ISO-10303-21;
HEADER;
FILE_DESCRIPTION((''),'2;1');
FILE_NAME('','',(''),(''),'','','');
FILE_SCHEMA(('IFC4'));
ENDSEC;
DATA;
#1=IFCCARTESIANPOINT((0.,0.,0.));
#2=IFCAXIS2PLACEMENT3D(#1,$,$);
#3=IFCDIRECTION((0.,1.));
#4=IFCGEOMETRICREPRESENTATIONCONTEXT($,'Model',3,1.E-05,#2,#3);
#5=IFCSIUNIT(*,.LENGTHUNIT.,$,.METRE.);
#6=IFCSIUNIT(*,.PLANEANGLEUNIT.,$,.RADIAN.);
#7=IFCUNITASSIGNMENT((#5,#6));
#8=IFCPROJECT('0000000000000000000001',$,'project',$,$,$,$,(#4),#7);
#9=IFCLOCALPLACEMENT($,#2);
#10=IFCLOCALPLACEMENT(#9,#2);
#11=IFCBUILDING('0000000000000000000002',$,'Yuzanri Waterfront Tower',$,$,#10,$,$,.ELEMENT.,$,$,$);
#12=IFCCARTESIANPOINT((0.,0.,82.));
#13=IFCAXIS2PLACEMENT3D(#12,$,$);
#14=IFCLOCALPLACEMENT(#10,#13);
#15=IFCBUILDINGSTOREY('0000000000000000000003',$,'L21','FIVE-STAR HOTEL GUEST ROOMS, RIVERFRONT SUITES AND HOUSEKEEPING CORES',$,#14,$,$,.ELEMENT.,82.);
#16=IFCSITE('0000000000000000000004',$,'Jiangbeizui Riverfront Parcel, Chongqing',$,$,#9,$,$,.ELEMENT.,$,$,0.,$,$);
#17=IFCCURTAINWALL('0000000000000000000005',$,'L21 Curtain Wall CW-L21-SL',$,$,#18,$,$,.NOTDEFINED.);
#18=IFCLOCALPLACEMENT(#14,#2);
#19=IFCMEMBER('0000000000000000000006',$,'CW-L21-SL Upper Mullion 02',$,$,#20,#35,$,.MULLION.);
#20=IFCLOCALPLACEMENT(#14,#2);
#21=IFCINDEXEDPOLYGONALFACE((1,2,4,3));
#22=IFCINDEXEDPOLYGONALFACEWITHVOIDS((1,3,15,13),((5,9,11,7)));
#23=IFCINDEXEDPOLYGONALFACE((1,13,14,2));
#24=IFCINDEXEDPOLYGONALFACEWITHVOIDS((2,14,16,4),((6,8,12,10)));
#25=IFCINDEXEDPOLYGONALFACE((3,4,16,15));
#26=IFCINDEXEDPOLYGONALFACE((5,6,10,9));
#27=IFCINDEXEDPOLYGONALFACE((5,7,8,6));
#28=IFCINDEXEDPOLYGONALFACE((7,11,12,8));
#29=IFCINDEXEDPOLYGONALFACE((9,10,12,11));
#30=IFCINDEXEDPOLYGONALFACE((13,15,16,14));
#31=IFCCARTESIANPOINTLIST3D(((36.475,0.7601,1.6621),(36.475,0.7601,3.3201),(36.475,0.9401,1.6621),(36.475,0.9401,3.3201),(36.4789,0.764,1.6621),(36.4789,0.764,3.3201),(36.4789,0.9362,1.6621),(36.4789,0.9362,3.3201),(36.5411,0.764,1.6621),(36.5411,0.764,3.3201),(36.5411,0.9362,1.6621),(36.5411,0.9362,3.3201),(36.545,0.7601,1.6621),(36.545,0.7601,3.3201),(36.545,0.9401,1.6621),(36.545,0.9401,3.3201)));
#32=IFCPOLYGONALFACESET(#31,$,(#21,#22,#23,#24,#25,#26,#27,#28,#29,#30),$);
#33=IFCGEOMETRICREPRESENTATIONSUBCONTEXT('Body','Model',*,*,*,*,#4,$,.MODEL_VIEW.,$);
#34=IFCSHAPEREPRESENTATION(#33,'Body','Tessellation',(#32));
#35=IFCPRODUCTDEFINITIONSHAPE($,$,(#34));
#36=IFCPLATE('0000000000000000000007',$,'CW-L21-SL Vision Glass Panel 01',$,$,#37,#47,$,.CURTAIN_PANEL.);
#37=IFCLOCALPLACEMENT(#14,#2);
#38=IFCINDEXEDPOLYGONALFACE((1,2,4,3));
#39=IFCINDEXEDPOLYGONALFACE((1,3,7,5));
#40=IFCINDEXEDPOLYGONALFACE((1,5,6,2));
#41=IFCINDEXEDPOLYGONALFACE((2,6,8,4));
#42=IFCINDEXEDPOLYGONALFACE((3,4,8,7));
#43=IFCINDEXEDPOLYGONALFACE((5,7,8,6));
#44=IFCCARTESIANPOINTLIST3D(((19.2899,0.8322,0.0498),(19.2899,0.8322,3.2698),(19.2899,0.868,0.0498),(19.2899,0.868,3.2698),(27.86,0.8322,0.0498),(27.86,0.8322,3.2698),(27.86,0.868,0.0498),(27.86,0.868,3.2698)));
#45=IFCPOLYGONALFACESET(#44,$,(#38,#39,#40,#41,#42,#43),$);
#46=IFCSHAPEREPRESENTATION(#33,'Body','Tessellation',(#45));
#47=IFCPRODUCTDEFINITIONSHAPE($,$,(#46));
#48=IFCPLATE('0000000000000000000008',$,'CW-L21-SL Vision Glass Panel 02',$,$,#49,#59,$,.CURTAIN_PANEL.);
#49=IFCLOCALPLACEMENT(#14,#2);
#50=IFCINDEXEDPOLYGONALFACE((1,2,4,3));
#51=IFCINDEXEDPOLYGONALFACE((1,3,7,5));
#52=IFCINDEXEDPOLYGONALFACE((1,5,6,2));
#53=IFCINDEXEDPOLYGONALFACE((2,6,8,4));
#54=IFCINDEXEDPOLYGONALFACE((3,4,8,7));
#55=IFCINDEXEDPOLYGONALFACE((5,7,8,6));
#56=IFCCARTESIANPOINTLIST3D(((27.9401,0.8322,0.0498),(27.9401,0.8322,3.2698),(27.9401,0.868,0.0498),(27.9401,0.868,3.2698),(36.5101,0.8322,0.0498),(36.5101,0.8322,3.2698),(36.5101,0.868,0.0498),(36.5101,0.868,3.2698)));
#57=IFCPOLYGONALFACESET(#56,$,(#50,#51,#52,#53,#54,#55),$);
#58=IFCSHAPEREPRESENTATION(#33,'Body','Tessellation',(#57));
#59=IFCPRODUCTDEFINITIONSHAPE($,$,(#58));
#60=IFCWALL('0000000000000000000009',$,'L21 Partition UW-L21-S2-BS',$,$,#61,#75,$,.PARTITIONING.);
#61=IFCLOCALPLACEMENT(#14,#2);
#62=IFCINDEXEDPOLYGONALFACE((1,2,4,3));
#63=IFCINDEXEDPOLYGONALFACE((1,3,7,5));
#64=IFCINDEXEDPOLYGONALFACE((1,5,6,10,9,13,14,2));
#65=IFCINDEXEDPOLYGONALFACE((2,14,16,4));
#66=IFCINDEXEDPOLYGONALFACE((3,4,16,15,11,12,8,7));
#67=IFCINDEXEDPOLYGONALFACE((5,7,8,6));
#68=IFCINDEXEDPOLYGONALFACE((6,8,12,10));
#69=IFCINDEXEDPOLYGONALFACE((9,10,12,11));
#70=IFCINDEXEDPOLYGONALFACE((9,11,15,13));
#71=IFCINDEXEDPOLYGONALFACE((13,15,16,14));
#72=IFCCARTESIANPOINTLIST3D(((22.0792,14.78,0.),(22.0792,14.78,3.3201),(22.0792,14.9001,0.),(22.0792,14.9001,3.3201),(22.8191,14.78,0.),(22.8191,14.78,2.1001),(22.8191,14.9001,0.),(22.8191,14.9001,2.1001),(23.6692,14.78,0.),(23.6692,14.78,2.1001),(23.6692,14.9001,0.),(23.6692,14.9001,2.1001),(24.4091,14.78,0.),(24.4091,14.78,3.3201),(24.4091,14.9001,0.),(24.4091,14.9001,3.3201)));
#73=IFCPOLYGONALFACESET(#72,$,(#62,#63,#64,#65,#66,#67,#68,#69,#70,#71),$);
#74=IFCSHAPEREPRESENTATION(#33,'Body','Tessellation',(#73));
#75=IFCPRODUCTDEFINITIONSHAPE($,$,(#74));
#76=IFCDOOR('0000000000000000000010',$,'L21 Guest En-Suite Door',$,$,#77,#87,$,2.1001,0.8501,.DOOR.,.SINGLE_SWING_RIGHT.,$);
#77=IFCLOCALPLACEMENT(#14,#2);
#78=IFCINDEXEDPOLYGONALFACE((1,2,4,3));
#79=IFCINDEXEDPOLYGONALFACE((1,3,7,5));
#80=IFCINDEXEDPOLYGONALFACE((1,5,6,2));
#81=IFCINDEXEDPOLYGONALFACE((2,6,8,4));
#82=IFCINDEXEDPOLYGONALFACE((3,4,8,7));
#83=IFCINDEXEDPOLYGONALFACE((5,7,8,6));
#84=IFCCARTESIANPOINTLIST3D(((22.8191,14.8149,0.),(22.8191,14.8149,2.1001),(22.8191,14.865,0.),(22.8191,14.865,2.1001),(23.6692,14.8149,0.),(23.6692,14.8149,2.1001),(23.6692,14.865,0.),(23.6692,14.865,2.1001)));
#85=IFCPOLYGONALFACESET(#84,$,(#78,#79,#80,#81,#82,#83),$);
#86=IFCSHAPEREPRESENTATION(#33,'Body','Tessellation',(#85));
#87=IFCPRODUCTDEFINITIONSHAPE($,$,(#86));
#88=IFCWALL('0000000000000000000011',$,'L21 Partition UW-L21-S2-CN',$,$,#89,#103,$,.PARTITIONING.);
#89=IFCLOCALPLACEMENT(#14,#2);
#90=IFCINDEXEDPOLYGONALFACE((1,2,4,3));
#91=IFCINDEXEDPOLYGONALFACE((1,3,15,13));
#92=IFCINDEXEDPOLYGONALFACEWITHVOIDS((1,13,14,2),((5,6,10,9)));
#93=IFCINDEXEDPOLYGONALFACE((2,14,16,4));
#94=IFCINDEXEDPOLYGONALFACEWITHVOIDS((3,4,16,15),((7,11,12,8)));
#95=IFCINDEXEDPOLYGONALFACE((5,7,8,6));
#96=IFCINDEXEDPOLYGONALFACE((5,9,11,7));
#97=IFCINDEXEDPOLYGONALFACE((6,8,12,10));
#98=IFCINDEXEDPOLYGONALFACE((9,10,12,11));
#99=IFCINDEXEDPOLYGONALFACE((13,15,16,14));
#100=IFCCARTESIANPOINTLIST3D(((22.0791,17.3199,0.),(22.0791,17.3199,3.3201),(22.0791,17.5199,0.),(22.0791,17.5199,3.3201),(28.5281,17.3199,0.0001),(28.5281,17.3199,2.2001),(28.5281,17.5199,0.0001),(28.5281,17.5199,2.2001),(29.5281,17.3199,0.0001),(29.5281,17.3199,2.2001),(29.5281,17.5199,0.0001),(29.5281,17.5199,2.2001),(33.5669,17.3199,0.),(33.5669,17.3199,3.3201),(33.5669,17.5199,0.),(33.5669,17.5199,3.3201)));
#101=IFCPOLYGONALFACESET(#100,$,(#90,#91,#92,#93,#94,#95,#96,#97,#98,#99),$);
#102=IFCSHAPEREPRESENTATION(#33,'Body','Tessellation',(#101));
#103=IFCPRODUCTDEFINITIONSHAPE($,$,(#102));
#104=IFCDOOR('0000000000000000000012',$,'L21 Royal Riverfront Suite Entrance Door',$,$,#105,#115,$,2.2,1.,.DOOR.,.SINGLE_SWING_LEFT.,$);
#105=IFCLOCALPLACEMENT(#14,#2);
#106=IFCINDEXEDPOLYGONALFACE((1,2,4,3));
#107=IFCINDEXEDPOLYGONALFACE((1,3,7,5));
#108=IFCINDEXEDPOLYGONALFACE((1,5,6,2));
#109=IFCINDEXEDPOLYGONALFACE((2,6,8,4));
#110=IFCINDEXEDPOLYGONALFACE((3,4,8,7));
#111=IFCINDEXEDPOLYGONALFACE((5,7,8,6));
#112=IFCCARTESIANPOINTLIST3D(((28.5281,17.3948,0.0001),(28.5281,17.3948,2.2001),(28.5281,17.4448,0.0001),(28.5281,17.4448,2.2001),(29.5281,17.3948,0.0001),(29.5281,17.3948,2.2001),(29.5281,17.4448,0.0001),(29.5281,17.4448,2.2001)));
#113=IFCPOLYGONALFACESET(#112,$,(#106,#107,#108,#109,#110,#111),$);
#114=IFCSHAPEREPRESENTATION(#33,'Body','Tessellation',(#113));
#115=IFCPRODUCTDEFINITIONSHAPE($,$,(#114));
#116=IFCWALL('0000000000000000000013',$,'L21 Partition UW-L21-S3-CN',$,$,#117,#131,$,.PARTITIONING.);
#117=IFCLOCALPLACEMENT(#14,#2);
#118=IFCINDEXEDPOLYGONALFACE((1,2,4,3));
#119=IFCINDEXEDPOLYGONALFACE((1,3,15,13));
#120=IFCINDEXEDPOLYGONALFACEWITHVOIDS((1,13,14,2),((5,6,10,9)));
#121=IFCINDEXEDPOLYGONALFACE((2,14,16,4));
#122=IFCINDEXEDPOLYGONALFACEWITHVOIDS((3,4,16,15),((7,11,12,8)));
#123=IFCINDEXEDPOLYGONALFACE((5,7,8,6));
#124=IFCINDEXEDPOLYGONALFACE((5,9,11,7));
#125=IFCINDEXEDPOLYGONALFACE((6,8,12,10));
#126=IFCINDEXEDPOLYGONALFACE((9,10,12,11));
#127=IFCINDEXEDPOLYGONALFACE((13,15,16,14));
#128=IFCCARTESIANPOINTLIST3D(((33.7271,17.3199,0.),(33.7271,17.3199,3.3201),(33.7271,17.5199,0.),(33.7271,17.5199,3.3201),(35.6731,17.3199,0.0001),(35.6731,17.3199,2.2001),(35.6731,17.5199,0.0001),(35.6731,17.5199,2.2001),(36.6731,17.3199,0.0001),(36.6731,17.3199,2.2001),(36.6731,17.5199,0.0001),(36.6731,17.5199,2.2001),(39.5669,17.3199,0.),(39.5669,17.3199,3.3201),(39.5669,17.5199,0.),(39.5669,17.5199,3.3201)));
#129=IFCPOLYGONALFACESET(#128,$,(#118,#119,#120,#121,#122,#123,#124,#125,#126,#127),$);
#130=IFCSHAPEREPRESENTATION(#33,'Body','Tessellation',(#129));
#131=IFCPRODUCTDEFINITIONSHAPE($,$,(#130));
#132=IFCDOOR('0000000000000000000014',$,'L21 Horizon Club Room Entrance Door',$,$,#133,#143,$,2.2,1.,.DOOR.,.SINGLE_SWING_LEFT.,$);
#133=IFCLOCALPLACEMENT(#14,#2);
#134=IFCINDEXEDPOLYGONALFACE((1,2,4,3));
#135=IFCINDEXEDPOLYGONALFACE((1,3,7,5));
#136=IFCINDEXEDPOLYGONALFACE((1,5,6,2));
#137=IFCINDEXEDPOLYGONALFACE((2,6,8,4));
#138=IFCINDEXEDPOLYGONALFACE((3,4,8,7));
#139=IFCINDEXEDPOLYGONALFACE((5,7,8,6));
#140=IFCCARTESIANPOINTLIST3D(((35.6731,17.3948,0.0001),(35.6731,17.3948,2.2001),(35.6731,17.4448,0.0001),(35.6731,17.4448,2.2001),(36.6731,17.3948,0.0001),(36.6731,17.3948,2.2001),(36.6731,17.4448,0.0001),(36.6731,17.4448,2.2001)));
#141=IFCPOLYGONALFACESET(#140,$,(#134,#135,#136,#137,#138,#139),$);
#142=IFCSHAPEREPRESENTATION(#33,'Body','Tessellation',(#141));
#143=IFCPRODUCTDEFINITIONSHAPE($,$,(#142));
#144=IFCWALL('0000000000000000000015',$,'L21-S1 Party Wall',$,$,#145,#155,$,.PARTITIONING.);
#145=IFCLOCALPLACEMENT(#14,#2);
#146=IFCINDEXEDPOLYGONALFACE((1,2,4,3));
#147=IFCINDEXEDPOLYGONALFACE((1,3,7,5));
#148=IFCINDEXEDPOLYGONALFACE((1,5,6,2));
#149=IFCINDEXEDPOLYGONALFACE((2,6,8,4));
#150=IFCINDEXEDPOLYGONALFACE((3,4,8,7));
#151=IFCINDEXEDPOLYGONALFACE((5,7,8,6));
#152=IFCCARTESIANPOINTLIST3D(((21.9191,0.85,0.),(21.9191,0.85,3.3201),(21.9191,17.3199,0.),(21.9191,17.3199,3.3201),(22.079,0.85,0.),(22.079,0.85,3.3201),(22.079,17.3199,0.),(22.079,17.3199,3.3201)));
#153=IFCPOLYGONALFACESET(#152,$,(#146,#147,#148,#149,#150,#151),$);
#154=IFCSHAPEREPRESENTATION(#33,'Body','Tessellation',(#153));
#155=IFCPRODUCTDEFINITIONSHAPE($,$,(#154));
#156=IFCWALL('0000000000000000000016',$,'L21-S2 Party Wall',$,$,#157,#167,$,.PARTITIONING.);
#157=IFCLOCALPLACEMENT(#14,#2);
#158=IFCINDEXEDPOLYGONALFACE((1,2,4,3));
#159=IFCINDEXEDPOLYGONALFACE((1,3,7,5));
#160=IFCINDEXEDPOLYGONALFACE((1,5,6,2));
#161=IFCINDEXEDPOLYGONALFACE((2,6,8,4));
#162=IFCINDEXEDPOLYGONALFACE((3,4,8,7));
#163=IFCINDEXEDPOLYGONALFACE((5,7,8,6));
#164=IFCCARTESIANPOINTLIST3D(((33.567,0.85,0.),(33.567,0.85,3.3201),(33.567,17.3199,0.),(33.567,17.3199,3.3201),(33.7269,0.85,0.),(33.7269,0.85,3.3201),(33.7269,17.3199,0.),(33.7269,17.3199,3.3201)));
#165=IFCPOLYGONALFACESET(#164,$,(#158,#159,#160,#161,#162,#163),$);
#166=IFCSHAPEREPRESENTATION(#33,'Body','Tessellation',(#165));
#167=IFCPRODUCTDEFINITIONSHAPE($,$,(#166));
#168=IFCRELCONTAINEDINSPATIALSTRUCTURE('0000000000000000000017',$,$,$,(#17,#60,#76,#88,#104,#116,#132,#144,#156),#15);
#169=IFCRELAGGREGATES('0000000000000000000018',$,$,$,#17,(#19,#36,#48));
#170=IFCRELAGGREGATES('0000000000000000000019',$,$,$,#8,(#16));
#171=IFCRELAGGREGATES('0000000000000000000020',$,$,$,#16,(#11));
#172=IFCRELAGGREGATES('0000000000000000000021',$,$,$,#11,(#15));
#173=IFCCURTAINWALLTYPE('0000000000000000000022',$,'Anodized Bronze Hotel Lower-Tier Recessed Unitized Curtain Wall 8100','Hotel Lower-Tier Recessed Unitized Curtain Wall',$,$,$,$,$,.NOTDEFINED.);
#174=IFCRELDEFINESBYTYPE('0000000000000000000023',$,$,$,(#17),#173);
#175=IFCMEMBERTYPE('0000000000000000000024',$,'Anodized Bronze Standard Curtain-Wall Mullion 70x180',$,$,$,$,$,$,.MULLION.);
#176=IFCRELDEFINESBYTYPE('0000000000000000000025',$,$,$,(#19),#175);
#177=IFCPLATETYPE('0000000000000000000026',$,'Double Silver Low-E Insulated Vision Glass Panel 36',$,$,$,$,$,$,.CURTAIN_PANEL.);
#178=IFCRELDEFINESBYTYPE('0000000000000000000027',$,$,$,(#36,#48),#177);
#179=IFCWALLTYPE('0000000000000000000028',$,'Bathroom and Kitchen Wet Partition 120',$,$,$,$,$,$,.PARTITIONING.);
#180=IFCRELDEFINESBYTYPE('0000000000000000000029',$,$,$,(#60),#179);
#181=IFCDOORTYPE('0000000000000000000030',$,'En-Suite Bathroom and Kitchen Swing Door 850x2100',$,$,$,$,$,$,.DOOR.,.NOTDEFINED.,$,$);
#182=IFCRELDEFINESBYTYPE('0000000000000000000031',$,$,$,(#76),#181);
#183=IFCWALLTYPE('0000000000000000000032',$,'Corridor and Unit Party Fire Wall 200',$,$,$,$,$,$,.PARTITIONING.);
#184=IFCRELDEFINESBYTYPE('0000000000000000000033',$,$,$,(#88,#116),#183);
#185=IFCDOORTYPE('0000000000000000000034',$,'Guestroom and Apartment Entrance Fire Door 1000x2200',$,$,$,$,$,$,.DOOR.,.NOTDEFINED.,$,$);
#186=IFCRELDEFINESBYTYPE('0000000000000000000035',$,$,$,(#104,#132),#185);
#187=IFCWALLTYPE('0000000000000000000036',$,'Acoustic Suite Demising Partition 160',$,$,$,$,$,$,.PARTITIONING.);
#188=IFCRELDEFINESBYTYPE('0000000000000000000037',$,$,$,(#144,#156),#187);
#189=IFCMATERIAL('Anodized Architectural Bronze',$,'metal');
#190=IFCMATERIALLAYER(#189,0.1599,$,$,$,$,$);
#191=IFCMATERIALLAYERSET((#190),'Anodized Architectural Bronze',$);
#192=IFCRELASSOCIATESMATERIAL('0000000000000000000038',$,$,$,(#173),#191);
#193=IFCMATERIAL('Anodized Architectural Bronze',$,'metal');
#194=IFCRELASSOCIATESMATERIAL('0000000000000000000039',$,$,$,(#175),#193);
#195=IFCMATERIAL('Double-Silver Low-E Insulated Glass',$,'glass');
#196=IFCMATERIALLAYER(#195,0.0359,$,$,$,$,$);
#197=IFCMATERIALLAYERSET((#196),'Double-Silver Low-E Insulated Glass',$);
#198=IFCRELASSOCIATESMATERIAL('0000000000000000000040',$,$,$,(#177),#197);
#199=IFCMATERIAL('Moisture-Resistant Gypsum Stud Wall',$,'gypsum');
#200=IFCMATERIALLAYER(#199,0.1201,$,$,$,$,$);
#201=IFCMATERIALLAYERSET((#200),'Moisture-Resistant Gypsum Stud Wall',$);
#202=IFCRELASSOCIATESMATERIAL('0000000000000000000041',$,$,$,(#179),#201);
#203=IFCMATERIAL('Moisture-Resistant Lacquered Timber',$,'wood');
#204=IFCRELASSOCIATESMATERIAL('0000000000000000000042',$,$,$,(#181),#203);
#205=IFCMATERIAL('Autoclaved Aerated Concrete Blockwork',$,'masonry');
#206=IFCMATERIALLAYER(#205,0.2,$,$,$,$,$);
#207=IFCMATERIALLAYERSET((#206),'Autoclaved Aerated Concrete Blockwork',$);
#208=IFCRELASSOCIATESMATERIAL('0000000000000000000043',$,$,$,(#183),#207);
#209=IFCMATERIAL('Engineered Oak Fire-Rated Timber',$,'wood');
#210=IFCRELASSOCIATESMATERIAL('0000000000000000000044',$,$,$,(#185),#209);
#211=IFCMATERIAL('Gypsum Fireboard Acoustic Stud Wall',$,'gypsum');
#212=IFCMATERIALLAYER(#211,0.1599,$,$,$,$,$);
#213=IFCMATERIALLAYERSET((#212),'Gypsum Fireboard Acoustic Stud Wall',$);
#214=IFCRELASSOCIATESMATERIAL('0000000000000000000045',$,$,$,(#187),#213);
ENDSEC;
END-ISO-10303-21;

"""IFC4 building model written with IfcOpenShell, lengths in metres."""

from ifc_helpers import new_model, si_unit, direction, frame, frame_2d, origin, origin_2d, place, context, subcontext, project, spatial, rectangle, hollow_rectangle, extrude, source, transform, mapped, material, layer, layer_set, material_profile, profile_set, type_object, element, fill, aggregate, save


model = new_model("IFC4")

# Units and contexts
model_context = context("Model", 3, precision=1e-05, world=origin(), true_north=direction((0.0, 1.0)))
body_context = subcontext(model_context, "Body", "Model", "MODEL_VIEW")
ifc_project = project(units=[si_unit("LENGTHUNIT", "METRE"), si_unit("PLANEANGLEUNIT", "RADIAN")], contexts=[model_context])

# Site, building, storey
site_placement = place(None, origin())
site = spatial("IfcSite", under=ifc_project, at=site_placement, Name="Jiangbeizui Riverfront Parcel, Chongqing", CompositionType="ELEMENT", RefElevation=0.0)
building_placement = place(site_placement, origin())
building = spatial("IfcBuilding", under=site, at=building_placement, Name="Yuzanri Waterfront Tower", CompositionType="ELEMENT")
storey_placement = place(building_placement, frame((0.0, 0.0, 82.0)))
storey = spatial("IfcBuildingStorey", under=building, at=storey_placement, Name="L21", Description="FIVE-STAR HOTEL GUEST ROOMS, RIVERFRONT SUITES AND HOUSEKEEPING CORES", CompositionType="ELEMENT", Elevation=82.0)

# Curtain wall, member, plates
ifc_material_1 = material(Name="Anodized Architectural Bronze", Category="metal")
ifc_layer_1 = layer(ifc_material_1, 0.1599)
ifc_layer_set_1 = layer_set([ifc_layer_1], Name="Anodized Architectural Bronze")
curtain_wall_type = type_object("IfcCurtainWallType", Name="Anodized Bronze Hotel Lower-Tier Recessed Unitized Curtain Wall 8100", Description="Hotel Lower-Tier Recessed Unitized Curtain Wall", PredefinedType="NOTDEFINED", material=ifc_layer_set_1)
curtain_wall_placement = place(storey_placement, origin())
curtain_wall = element("IfcCurtainWall", 1, at=curtain_wall_placement, inside=storey, type_object=curtain_wall_type, Name="L21 Curtain Wall CW-L21-SL", PredefinedType="NOTDEFINED")
ifc_material_2 = material(Name="Anodized Architectural Bronze", Category="metal")
ifc_material_profile_1 = material_profile(ifc_material_2, hollow_rectangle(XDim=0.0701, YDim=0.1799, WallThickness=0.0039, at=origin_2d()), Name="CWM 70x180")
ifc_profile_set_1 = profile_set([ifc_material_profile_1], Name="Anodized Architectural Bronze")
member_type = type_object("IfcMemberType", Name="Anodized Bronze Standard Curtain-Wall Mullion 70x180", PredefinedType="MULLION", material=ifc_profile_set_1)
shared_shape_1 = source(origin(), body_context, "Body", "SweptSolid", [
    extrude(hollow_rectangle(XDim=0.0701, YDim=0.1799, WallThickness=0.0039, at=origin_2d()), origin(), (0.0, 0.0, 1.0), 1.658),
])
member_1_placement = place(storey_placement, frame((36.51, 0.8501, 1.6621), z_axis=(0.0, 0.0, 1.0), x_axis=(1.0, 0.0, 0.0)))
member_1 = element("IfcMember", 2, at=member_1_placement, type_object=member_type, Name="CW-L21-SL Upper Mullion 02", PredefinedType="MULLION", context=body_context, shape_type="MappedRepresentation", body=[
    mapped(shared_shape_1, transform((0.0, 0.0, 0.0), scale=1.0)),
])
ifc_material_3 = material(Name="Double-Silver Low-E Insulated Glass", Category="glass")
ifc_layer_2 = layer(ifc_material_3, 0.0359)
ifc_layer_set_2 = layer_set([ifc_layer_2], Name="Double-Silver Low-E Insulated Glass")
plate_type = type_object("IfcPlateType", Name="Double Silver Low-E Insulated Vision Glass Panel 36", PredefinedType="CURTAIN_PANEL", material=ifc_layer_set_2)
shared_shape_2 = source(origin(), body_context, "Body", "SweptSolid", [
    extrude(rectangle(XDim=8.5701, YDim=0.0359, at=origin_2d()), origin(), (0.0, 0.0, 1.0), 3.22),
])
plate_1_placement = place(storey_placement, frame((23.575, 0.8501, 0.0498), z_axis=(0.0, 0.0, 1.0), x_axis=(1.0, 0.0, 0.0)))
plate_1 = element("IfcPlate", 3, at=plate_1_placement, type_object=plate_type, Name="CW-L21-SL Vision Glass Panel 01", PredefinedType="CURTAIN_PANEL", context=body_context, shape_type="MappedRepresentation", body=[
    mapped(shared_shape_2, transform((0.0, 0.0, 0.0), scale=1.0)),
])
plate_2_placement = place(storey_placement, frame((32.2251, 0.8501, 0.0498), z_axis=(0.0, 0.0, 1.0), x_axis=(1.0, 0.0, 0.0)))
plate_2 = element("IfcPlate", 4, at=plate_2_placement, type_object=plate_type, Name="CW-L21-SL Vision Glass Panel 02", PredefinedType="CURTAIN_PANEL", context=body_context, shape_type="MappedRepresentation", body=[
    mapped(shared_shape_2, transform((0.0, 0.0, 0.0), scale=1.0)),
])
aggregate(curtain_wall, [member_1, plate_1, plate_2])

# Wall, opening, door
ifc_material_4 = material(Name="Moisture-Resistant Gypsum Stud Wall", Category="gypsum")
ifc_layer_3 = layer(ifc_material_4, 0.1201)
ifc_layer_set_3 = layer_set([ifc_layer_3], Name="Moisture-Resistant Gypsum Stud Wall")
wall_type_1 = type_object("IfcWallType", Name="Bathroom and Kitchen Wet Partition 120", PredefinedType="PARTITIONING", material=ifc_layer_set_3)
wall_1_placement = place(storey_placement, frame((22.0791, 14.8401, 0.0), z_axis=(0.0, 0.0, 1.0), x_axis=(1.0, 0.0, 0.0)))
wall_1 = element("IfcWall", 5, at=wall_1_placement, inside=storey, type_object=wall_type_1, Name="L21 Partition UW-L21-S2-BS", PredefinedType="PARTITIONING", context=body_context, shape_type="SweptSolid", body=[
    extrude(rectangle(XDim=2.3298, YDim=0.1201, at=frame_2d((1.165, 0.0))), origin(), (0.0, 0.0, 1.0), 3.3201),
])
opening_1_placement = place(wall_1_placement, frame((0.74, 0.0, 0.0)))
opening_1 = element("IfcOpeningElement", 6, at=opening_1_placement, cuts=wall_1, PredefinedType="OPENING", context=body_context, shape_type="SweptSolid", body=[
    extrude(rectangle(XDim=0.8501, YDim=2.1001, at=frame_2d((0.425, 1.05))), frame((0.0, 0.075, 0.0), z_axis=(0.0, -1.0, 0.0), x_axis=(1.0, 0.0, 0.0)), (0.0, 0.0, 1.0), 0.1499),
])
ifc_material_5 = material(Name="Moisture-Resistant Lacquered Timber", Category="wood")
door_type_1 = type_object("IfcDoorType", Name="En-Suite Bathroom and Kitchen Swing Door 850x2100", OperationType="NOTDEFINED", PredefinedType="DOOR", material=ifc_material_5)
shared_shape_3 = source(origin(), body_context, "Body", "SweptSolid", [
    extrude(rectangle(XDim=0.8501, YDim=2.1001, at=frame_2d((0.425, 1.05))), frame((0.0, 0.0249, 0.0), z_axis=(0.0, -1.0, 0.0), x_axis=(1.0, 0.0, 0.0)), (0.0, 0.0, 1.0), 0.05),
])
door_1_placement = place(opening_1_placement, origin())
door_1 = element("IfcDoor", 7, at=door_1_placement, inside=storey, type_object=door_type_1, Name="L21 Guest En-Suite Door", OperationType="SINGLE_SWING_RIGHT", OverallHeight=2.1001, OverallWidth=0.8501, PredefinedType="DOOR", context=body_context, shape_type="MappedRepresentation", body=[
    mapped(shared_shape_3, transform((0.0, 0.0, 0.0), scale=1.0)),
])
fill(opening_1, door_1)

# Walls, openings, doors
ifc_material_6 = material(Name="Autoclaved Aerated Concrete Blockwork", Category="masonry")
ifc_layer_4 = layer(ifc_material_6, 0.2)
ifc_layer_set_4 = layer_set([ifc_layer_4], Name="Autoclaved Aerated Concrete Blockwork")
wall_type_2 = type_object("IfcWallType", Name="Corridor and Unit Party Fire Wall 200", PredefinedType="PARTITIONING", material=ifc_layer_set_4)
wall_2_placement = place(storey_placement, frame((22.0791, 17.4199, 0.0), z_axis=(0.0, 0.0, 1.0), x_axis=(1.0, 0.0, 0.0)))
wall_2 = element("IfcWall", 8, at=wall_2_placement, inside=storey, type_object=wall_type_2, Name="L21 Partition UW-L21-S2-CN", PredefinedType="PARTITIONING", context=body_context, shape_type="SweptSolid", body=[
    extrude(rectangle(XDim=11.4878, YDim=0.2, at=frame_2d((5.7439, 0.0))), origin(), (0.0, 0.0, 1.0), 3.3201),
])
opening_2_placement = place(wall_2_placement, frame((6.449, 0.0, 0.0)))
opening_2 = element("IfcOpeningElement", 9, at=opening_2_placement, cuts=wall_2, PredefinedType="OPENING", context=body_context, shape_type="SweptSolid", body=[
    extrude(rectangle(XDim=1.0, YDim=2.2, at=frame_2d((0.5, 1.1001))), frame((0.0, 0.1147, 0.0), z_axis=(0.0, -1.0, 0.0), x_axis=(1.0, 0.0, 0.0)), (0.0, 0.0, 1.0), 0.2297),
])
ifc_material_7 = material(Name="Engineered Oak Fire-Rated Timber", Category="wood")
door_type_2 = type_object("IfcDoorType", Name="Guestroom and Apartment Entrance Fire Door 1000x2200", OperationType="NOTDEFINED", PredefinedType="DOOR", material=ifc_material_7)
shared_shape_4 = source(origin(), body_context, "Body", "SweptSolid", [
    extrude(rectangle(XDim=1.0, YDim=2.2, at=frame_2d((0.5, 1.1001))), frame((0.0, 0.0249, 0.0), z_axis=(0.0, -1.0, 0.0), x_axis=(1.0, 0.0, 0.0)), (0.0, 0.0, 1.0), 0.05),
])
door_2_placement = place(opening_2_placement, origin())
door_2 = element("IfcDoor", 10, at=door_2_placement, inside=storey, type_object=door_type_2, Name="L21 Royal Riverfront Suite Entrance Door", OperationType="SINGLE_SWING_LEFT", OverallHeight=2.2, OverallWidth=1.0, PredefinedType="DOOR", context=body_context, shape_type="MappedRepresentation", body=[
    mapped(shared_shape_4, transform((0.0, 0.0, 0.0), scale=1.0)),
])
fill(opening_2, door_2)
wall_3_placement = place(storey_placement, frame((33.7271, 17.4199, 0.0), z_axis=(0.0, 0.0, 1.0), x_axis=(1.0, 0.0, 0.0)))
wall_3 = element("IfcWall", 11, at=wall_3_placement, inside=storey, type_object=wall_type_2, Name="L21 Partition UW-L21-S3-CN", PredefinedType="PARTITIONING", context=body_context, shape_type="SweptSolid", body=[
    extrude(rectangle(XDim=5.8398, YDim=0.2, at=frame_2d((2.9199, 0.0))), origin(), (0.0, 0.0, 1.0), 3.3201),
])
opening_3_placement = place(wall_3_placement, frame((1.946, 0.0, 0.0)))
opening_3 = element("IfcOpeningElement", 12, at=opening_3_placement, cuts=wall_3, PredefinedType="OPENING", context=body_context, shape_type="SweptSolid", body=[
    extrude(rectangle(XDim=1.0, YDim=2.2, at=frame_2d((0.5, 1.1001))), frame((0.0, 0.1147, 0.0), z_axis=(0.0, -1.0, 0.0), x_axis=(1.0, 0.0, 0.0)), (0.0, 0.0, 1.0), 0.2297),
])
door_3_placement = place(opening_3_placement, origin())
door_3 = element("IfcDoor", 13, at=door_3_placement, inside=storey, type_object=door_type_2, Name="L21 Horizon Club Room Entrance Door", OperationType="SINGLE_SWING_LEFT", OverallHeight=2.2, OverallWidth=1.0, PredefinedType="DOOR", context=body_context, shape_type="MappedRepresentation", body=[
    mapped(shared_shape_4, transform((0.0, 0.0, 0.0), scale=1.0)),
])
fill(opening_3, door_3)

# Walls
ifc_material_8 = material(Name="Gypsum Fireboard Acoustic Stud Wall", Category="gypsum")
ifc_layer_5 = layer(ifc_material_8, 0.1599)
ifc_layer_set_5 = layer_set([ifc_layer_5], Name="Gypsum Fireboard Acoustic Stud Wall")
wall_type_3 = type_object("IfcWallType", Name="Acoustic Suite Demising Partition 160", PredefinedType="PARTITIONING", material=ifc_layer_set_5)
shared_shape_5 = source(origin(), body_context, "Body", "SweptSolid", [
    extrude(rectangle(XDim=16.47, YDim=0.1599, at=frame_2d((8.2349, 0.0))), origin(), (0.0, 0.0, 1.0), 3.3201),
])
for number, where, z_axis, x_axis, name in (
    (14, (21.999, 0.8501, 0.0), (0.0, 0.0, 1.0), (0.0, 1.0, 0.0), "L21-S1 Party Wall"),
    (15, (33.647, 0.8501, 0.0), (0.0, 0.0, 1.0), (0.0, 1.0, 0.0), "L21-S2 Party Wall"),
):
    element("IfcWall", number, at=place(storey_placement, frame(where, z_axis=z_axis, x_axis=x_axis)), inside=storey, type_object=wall_type_3, Name=name, PredefinedType="PARTITIONING", context=body_context, shape_type="MappedRepresentation", body=[
        mapped(shared_shape_5, transform((0.0, 0.0, 0.0), scale=1.0)),
    ])

save(model, "model.ifc")
